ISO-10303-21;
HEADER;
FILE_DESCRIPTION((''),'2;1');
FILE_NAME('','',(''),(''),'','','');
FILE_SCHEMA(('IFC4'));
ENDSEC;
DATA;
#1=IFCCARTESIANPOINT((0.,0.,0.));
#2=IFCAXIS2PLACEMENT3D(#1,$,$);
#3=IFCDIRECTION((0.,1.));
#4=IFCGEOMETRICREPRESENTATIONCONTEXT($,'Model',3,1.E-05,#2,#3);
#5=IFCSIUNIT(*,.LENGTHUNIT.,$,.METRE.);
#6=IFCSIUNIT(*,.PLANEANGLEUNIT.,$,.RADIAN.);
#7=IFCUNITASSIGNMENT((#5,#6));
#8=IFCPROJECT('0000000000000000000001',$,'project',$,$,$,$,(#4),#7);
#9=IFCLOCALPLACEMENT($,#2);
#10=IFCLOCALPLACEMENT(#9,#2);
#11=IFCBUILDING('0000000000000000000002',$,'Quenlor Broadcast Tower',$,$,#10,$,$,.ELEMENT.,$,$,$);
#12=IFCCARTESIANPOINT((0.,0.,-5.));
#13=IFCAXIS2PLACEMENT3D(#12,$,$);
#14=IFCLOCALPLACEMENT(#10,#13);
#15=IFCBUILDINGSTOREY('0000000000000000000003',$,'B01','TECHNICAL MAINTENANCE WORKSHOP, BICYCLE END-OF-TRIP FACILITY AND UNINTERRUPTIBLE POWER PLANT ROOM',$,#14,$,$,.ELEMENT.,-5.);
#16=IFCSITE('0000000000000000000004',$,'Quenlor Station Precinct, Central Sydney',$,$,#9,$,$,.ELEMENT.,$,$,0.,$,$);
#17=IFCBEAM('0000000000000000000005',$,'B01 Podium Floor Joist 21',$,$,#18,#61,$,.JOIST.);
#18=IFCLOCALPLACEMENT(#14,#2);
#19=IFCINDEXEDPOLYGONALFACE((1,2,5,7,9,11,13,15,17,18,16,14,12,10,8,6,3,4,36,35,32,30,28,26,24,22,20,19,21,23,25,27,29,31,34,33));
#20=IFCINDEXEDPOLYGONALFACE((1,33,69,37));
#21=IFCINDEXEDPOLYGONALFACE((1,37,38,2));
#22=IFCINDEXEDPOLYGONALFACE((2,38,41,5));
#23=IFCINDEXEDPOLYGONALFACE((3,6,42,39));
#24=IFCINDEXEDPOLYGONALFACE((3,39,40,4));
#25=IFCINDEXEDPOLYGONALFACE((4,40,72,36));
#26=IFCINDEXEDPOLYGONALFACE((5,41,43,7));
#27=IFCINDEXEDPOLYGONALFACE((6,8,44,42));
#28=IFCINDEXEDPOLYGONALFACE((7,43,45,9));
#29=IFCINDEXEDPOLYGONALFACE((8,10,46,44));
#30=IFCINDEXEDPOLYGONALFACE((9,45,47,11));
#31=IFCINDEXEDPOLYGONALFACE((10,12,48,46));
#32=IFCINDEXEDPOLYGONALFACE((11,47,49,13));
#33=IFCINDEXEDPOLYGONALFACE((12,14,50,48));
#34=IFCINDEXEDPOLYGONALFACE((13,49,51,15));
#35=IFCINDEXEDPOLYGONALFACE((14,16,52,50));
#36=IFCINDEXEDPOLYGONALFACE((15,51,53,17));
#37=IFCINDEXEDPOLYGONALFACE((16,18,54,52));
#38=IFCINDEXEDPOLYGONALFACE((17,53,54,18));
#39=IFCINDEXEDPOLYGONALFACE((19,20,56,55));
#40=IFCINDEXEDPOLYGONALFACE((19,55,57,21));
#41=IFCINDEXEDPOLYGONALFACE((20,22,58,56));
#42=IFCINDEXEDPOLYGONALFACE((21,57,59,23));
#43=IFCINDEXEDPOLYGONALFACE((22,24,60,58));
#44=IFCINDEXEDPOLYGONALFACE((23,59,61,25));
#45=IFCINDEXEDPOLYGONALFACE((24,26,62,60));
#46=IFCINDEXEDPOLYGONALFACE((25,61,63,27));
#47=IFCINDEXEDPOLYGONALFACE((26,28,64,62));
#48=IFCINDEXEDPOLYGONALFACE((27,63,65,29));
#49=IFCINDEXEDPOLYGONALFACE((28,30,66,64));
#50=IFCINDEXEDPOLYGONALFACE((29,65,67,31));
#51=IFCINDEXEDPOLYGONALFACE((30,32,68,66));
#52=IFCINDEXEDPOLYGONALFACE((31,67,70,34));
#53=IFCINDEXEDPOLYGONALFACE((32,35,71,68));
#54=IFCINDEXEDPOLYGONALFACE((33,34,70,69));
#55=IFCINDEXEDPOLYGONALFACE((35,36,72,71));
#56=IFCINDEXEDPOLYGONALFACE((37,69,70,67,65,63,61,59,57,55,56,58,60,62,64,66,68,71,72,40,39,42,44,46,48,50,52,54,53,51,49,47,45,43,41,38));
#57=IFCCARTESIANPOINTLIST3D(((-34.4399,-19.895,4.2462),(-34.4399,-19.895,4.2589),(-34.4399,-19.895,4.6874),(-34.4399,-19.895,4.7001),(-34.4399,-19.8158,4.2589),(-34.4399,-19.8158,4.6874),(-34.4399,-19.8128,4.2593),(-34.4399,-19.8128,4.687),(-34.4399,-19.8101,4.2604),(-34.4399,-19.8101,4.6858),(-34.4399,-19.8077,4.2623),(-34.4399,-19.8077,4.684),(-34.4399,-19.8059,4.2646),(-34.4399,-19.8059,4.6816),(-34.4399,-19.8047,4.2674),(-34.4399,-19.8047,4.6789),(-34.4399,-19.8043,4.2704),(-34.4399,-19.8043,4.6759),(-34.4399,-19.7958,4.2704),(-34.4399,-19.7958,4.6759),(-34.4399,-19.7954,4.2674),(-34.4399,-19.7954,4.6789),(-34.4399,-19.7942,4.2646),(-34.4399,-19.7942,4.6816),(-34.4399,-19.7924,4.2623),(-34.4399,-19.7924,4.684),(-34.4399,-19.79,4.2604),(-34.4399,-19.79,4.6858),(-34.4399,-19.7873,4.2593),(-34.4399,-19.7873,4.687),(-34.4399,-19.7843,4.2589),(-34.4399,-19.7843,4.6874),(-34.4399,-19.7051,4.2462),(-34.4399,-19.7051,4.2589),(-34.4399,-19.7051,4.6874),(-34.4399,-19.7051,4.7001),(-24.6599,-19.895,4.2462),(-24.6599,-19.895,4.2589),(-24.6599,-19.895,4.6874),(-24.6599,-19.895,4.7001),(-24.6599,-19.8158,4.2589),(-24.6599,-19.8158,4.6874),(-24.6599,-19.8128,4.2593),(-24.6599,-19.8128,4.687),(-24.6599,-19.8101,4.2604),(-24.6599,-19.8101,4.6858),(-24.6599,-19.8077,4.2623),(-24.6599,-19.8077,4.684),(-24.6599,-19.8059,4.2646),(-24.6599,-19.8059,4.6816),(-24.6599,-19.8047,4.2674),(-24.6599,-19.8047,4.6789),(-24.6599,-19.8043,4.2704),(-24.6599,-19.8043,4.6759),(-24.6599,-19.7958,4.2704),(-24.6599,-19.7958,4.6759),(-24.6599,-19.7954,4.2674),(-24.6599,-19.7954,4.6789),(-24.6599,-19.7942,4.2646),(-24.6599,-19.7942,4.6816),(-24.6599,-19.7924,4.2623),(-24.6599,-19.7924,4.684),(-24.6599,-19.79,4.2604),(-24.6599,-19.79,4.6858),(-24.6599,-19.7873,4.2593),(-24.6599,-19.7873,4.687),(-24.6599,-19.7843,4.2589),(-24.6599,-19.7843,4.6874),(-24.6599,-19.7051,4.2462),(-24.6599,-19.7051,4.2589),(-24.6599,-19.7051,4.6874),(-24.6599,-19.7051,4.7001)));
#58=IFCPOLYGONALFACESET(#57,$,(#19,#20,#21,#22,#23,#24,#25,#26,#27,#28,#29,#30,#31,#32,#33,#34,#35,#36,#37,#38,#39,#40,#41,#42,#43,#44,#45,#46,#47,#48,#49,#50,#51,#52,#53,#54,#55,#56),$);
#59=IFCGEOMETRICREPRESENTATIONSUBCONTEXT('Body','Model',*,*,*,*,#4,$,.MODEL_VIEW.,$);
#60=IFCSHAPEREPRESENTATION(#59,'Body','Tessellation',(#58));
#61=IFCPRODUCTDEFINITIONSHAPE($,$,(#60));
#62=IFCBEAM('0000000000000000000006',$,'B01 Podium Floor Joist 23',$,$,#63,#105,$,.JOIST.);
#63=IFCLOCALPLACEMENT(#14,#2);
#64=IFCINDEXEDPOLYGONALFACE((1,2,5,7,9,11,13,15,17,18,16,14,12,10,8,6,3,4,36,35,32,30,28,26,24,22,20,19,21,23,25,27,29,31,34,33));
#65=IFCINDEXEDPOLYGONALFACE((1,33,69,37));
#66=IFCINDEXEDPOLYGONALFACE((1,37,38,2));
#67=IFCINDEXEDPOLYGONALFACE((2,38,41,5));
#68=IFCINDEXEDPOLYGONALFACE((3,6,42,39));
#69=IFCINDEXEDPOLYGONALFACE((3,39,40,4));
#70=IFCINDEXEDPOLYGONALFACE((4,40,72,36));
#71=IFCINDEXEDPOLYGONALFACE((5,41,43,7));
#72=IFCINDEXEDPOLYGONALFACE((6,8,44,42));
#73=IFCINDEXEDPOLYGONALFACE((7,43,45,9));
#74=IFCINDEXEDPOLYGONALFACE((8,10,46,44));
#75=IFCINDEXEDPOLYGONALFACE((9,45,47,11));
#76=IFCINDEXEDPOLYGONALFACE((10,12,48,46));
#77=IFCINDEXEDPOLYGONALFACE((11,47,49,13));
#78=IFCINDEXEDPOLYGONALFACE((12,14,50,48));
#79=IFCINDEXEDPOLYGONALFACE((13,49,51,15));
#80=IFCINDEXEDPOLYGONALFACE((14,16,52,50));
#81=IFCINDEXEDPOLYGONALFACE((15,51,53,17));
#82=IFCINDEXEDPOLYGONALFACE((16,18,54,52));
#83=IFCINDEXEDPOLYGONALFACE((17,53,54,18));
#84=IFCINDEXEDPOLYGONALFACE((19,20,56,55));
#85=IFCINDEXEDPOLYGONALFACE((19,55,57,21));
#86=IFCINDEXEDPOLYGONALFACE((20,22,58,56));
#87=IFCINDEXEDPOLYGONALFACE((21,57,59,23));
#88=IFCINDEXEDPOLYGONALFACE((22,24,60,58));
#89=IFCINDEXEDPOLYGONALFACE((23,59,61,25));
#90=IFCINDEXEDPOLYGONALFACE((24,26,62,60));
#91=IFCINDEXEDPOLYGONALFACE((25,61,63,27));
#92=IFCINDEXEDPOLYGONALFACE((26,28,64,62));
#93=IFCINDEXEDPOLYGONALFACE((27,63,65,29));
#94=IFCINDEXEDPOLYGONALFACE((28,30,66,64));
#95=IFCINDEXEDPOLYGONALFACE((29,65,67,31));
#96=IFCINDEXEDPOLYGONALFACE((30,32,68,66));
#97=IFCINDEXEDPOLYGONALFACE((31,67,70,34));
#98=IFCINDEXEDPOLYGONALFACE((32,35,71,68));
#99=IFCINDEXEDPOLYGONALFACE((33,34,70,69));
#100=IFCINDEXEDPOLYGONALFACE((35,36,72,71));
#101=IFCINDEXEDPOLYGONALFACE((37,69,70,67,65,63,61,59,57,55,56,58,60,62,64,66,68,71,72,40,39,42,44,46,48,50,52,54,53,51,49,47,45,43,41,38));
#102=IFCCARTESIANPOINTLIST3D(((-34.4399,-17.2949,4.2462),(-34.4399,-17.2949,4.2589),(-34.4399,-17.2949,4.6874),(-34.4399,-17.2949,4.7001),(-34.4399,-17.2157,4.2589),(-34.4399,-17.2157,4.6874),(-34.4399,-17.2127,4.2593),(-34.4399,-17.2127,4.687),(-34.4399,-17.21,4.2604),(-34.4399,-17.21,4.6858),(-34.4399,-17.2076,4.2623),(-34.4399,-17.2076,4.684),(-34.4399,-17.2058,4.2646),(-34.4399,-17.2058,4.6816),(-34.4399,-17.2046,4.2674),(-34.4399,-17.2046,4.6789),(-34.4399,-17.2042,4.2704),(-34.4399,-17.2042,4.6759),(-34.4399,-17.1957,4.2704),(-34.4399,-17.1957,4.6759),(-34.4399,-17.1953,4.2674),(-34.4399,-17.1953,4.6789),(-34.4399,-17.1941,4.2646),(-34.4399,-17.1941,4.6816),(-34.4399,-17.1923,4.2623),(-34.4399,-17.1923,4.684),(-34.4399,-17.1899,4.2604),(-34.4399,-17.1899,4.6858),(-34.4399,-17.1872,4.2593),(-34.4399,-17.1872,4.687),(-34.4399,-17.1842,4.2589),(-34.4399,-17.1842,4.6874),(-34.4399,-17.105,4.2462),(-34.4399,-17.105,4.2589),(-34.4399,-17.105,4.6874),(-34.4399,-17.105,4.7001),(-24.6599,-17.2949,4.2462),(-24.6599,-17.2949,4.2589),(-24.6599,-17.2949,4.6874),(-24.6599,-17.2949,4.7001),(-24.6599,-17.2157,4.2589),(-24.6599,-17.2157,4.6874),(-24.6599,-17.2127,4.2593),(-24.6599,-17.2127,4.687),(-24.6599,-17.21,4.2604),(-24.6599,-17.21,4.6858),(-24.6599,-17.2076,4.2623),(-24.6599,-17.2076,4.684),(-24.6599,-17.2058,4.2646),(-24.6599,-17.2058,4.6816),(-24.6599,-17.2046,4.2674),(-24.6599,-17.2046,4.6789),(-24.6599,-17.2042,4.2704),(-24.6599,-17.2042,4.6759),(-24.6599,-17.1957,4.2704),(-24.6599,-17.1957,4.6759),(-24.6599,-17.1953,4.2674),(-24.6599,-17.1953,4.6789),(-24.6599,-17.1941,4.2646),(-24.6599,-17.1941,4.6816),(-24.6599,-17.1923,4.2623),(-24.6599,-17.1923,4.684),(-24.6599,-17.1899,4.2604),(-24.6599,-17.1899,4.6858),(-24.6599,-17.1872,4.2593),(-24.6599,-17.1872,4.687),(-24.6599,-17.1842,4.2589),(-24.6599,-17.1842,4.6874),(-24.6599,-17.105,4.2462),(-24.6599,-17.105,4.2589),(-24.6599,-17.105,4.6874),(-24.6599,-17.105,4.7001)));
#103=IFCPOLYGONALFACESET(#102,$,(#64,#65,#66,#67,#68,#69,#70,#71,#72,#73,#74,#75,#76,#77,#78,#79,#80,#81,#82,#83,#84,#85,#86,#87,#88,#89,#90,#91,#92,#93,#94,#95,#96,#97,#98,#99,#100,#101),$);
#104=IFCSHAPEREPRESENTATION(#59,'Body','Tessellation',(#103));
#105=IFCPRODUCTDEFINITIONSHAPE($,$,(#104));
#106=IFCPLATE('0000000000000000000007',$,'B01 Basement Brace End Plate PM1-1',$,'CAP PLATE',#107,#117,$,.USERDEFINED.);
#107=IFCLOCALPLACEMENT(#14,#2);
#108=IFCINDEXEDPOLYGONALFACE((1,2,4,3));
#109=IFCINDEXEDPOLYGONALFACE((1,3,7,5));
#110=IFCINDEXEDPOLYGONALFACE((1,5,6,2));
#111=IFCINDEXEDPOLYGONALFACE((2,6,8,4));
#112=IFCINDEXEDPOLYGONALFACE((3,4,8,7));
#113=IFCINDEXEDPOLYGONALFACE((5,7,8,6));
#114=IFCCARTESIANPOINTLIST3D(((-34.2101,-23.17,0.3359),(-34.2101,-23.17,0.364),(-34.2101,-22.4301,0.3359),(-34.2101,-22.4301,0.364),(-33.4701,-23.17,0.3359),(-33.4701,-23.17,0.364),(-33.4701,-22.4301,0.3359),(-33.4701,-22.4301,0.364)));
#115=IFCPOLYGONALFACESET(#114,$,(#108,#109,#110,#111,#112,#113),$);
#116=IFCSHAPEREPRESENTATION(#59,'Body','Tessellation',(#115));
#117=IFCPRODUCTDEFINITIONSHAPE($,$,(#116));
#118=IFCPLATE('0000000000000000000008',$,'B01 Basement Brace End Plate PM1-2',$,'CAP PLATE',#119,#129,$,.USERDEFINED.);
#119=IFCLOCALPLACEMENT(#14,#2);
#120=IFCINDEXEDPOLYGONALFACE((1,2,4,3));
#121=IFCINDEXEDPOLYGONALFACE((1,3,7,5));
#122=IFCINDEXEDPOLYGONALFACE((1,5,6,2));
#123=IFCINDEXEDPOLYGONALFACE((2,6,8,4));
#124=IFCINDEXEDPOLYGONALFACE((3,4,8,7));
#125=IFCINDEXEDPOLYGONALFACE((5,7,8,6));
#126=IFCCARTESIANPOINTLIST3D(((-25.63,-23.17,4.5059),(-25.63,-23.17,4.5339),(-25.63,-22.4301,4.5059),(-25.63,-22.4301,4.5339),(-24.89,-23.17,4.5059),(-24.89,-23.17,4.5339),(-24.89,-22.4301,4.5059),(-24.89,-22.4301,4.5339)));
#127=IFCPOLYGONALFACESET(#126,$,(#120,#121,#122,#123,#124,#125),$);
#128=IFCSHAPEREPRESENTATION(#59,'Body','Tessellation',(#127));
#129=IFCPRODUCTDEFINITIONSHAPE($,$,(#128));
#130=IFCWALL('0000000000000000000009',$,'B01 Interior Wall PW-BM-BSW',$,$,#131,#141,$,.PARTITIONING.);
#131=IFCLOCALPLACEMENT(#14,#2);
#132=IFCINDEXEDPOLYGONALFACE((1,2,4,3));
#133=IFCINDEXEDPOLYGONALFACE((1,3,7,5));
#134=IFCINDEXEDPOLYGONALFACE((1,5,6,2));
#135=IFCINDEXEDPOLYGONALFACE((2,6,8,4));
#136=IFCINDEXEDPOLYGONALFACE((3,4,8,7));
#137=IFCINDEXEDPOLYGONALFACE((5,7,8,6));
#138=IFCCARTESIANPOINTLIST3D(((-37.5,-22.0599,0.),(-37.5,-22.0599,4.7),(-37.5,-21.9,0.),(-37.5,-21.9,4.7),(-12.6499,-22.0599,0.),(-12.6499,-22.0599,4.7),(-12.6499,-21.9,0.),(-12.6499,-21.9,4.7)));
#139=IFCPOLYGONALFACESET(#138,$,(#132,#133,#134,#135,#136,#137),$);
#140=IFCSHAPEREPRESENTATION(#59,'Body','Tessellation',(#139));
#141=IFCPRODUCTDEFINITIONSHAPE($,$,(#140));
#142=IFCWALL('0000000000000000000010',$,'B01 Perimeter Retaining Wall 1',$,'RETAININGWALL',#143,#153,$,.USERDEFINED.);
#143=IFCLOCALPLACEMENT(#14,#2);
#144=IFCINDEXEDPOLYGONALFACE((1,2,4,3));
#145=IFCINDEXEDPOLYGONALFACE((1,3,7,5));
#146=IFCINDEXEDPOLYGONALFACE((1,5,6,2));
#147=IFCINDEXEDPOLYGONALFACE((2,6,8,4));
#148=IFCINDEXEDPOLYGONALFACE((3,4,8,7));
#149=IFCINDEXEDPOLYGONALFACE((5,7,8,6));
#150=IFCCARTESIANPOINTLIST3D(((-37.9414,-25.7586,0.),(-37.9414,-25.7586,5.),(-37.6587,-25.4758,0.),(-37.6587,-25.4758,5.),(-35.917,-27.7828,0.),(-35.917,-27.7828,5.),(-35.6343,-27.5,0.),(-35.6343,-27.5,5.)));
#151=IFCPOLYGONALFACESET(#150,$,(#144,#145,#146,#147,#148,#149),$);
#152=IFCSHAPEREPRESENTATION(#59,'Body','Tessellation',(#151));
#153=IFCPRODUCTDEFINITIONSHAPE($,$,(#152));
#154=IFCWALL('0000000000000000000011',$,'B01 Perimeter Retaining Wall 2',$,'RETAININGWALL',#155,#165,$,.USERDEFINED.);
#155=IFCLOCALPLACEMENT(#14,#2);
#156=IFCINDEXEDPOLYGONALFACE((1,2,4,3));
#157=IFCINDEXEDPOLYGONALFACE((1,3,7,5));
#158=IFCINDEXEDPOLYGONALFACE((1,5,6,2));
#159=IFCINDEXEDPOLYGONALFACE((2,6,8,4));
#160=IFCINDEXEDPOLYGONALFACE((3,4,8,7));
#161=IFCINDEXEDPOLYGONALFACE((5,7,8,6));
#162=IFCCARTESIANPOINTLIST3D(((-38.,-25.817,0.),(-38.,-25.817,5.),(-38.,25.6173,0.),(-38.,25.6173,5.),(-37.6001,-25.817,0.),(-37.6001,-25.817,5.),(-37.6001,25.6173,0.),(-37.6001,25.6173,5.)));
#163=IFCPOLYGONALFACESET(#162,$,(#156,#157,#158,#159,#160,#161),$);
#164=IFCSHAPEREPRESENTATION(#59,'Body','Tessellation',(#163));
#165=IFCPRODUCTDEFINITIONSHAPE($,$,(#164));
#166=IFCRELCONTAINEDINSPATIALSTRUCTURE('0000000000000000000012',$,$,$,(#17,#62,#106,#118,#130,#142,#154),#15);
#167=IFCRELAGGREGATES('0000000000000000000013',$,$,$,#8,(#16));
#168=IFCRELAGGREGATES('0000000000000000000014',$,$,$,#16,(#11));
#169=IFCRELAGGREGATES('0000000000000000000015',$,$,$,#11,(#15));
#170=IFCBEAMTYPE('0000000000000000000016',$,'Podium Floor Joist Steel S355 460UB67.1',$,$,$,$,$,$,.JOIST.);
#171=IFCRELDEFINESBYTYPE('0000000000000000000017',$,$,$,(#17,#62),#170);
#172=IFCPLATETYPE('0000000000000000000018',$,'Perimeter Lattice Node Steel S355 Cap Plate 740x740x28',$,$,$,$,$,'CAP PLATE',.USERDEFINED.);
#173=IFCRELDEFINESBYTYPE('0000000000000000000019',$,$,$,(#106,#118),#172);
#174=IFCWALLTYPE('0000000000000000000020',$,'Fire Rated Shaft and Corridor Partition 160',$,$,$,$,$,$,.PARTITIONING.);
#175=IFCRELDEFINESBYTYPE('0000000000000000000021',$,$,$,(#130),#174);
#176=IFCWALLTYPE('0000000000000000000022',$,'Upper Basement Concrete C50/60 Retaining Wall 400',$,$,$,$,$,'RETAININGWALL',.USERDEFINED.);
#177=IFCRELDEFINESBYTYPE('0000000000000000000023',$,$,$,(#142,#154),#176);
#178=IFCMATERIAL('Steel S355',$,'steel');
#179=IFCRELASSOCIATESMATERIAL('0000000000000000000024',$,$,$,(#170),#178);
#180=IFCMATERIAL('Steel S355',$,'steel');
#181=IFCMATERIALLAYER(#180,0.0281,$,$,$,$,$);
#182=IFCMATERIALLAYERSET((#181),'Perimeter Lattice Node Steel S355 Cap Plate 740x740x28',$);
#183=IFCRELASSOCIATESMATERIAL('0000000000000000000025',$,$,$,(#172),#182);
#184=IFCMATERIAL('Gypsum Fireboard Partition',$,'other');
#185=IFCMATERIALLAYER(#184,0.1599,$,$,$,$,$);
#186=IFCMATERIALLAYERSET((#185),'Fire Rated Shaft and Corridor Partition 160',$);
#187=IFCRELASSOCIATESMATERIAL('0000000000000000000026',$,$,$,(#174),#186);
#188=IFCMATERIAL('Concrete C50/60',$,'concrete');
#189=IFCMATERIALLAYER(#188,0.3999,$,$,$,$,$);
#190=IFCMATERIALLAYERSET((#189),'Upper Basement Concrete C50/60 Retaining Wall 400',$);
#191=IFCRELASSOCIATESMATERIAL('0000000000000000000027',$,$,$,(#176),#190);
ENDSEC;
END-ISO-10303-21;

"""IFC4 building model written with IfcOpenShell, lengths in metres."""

from ifc_helpers import new_model, si_unit, direction, frame, frame_2d, origin, origin_2d, place, context, subcontext, project, spatial, rectangle, i_section, extrude, material, layer, layer_set, material_profile, profile_set, type_object, element, save


model = new_model("IFC4")

# Units and contexts
model_context = context("Model", 3, precision=1e-05, world=origin(), true_north=direction((0.0, 1.0)))
body_context = subcontext(model_context, "Body", "Model", "MODEL_VIEW")
ifc_project = project(units=[si_unit("LENGTHUNIT", "METRE"), si_unit("PLANEANGLEUNIT", "RADIAN")], contexts=[model_context])

# Site, building, storey
site_placement = place(None, origin())
site = spatial("IfcSite", under=ifc_project, at=site_placement, Name="Quenlor Station Precinct, Central Sydney", CompositionType="ELEMENT", RefElevation=0.0)
building_placement = place(site_placement, origin())
building = spatial("IfcBuilding", under=site, at=building_placement, Name="Quenlor Broadcast Tower", CompositionType="ELEMENT")
storey_placement = place(building_placement, frame((0.0, 0.0, -5.0)))
storey = spatial("IfcBuildingStorey", under=building, at=storey_placement, Name="B01", Description="TECHNICAL MAINTENANCE WORKSHOP, BICYCLE END-OF-TRIP FACILITY AND UNINTERRUPTIBLE POWER PLANT ROOM", CompositionType="ELEMENT", Elevation=-5.0)

# Beams
ifc_material_1 = material(Name="Steel S355", Category="steel")
ifc_material_profile_1 = material_profile(ifc_material_1, i_section(OverallWidth=0.1899, OverallDepth=0.4539, WebThickness=0.0085, FlangeThickness=0.0127, FilletRadius=0.0115, at=origin_2d()))
ifc_profile_set_1 = profile_set([ifc_material_profile_1], Name="Steel S355 460UB67.1")
beam_type_1 = type_object("IfcBeamType", Name="Podium Floor Joist Steel S355 460UB67.1", PredefinedType="JOIST", material=ifc_profile_set_1)
for number, where, z_axis, x_axis, name in (
    (1, (-34.4399, -19.8, 4.4731), (1.0, 0.0, 0.0), (0.0, 1.0, 0.0), "B01 Podium Floor Joist 21"),
    (2, (-34.4399, -17.2, 4.4731), (1.0, 0.0, 0.0), (0.0, 1.0, 0.0), "B01 Podium Floor Joist 23"),
):
    element("IfcBeam", number, at=place(storey_placement, frame(where, z_axis=z_axis, x_axis=x_axis)), inside=storey, type_object=beam_type_1, Name=name, PredefinedType="JOIST", context=body_context, shape_type="SweptSolid", body=[
        extrude(i_section(OverallWidth=0.1899, OverallDepth=0.4539, WebThickness=0.0085, FlangeThickness=0.0127, FilletRadius=0.0115, at=origin_2d()), origin(), (0.0, 0.0, 1.0), 9.78),
    ])

# Plates
ifc_material_2 = material(Name="Steel S355", Category="steel")
ifc_layer_1 = layer(ifc_material_2, 0.0281)
ifc_layer_set_1 = layer_set([ifc_layer_1], Name="Perimeter Lattice Node Steel S355 Cap Plate 740x740x28")
plate_type = type_object("IfcPlateType", Name="Perimeter Lattice Node Steel S355 Cap Plate 740x740x28", ElementType="CAP PLATE", PredefinedType="USERDEFINED", material=ifc_layer_set_1)
for number, where, z_axis, x_axis, name in (
    (3, (-33.8401, -22.8, 0.3359), (0.0, 0.0, 1.0), (1.0, 0.0, 0.0), "B01 Basement Brace End Plate PM1-1"),
    (4, (-25.26, -22.8, 4.5059), (0.0, 0.0, 1.0), (1.0, 0.0, 0.0), "B01 Basement Brace End Plate PM1-2"),
):
    element("IfcPlate", number, at=place(storey_placement, frame(where, z_axis=z_axis, x_axis=x_axis)), inside=storey, type_object=plate_type, Name=name, ObjectType="CAP PLATE", PredefinedType="USERDEFINED", context=body_context, shape_type="SweptSolid", body=[
        extrude(rectangle(XDim=0.74, YDim=0.74, at=origin_2d()), origin(), (0.0, 0.0, 1.0), 0.0281),
    ])

# Walls
ifc_material_3 = material(Name="Gypsum Fireboard Partition", Category="other")
ifc_layer_2 = layer(ifc_material_3, 0.1599)
ifc_layer_set_2 = layer_set([ifc_layer_2], Name="Fire Rated Shaft and Corridor Partition 160")
wall_type_1 = type_object("IfcWallType", Name="Fire Rated Shaft and Corridor Partition 160", PredefinedType="PARTITIONING", material=ifc_layer_set_2)
wall_1_placement = place(storey_placement, frame((-37.5, -21.98, 0.0), z_axis=(0.0, 0.0, 1.0), x_axis=(1.0, 0.0, 0.0)))
element("IfcWall", 5, at=wall_1_placement, inside=storey, type_object=wall_type_1, Name="B01 Interior Wall PW-BM-BSW", PredefinedType="PARTITIONING", context=body_context, shape_type="SweptSolid", body=[
    extrude(rectangle(XDim=24.8501, YDim=0.1599, at=frame_2d((12.425, 0.0))), origin(), (0.0, 0.0, 1.0), 4.7),
])
ifc_material_4 = material(Name="Concrete C50/60", Category="concrete")
ifc_layer_3 = layer(ifc_material_4, 0.3999)
ifc_layer_set_3 = layer_set([ifc_layer_3], Name="Upper Basement Concrete C50/60 Retaining Wall 400")
wall_type_2 = type_object("IfcWallType", Name="Upper Basement Concrete C50/60 Retaining Wall 400", ElementType="RETAININGWALL", PredefinedType="USERDEFINED", material=ifc_layer_set_3)
wall_2_placement = place(storey_placement, frame((-35.7756, -27.6414, 0.0), z_axis=(0.0, 0.0, 1.0), x_axis=(-0.707149, 0.707064, 0.0)))
element("IfcWall", 6, at=wall_2_placement, inside=storey, type_object=wall_type_2, Name="B01 Perimeter Retaining Wall 1", ObjectType="RETAININGWALL", PredefinedType="USERDEFINED", context=body_context, shape_type="SweptSolid", body=[
    extrude(rectangle(XDim=2.8628, YDim=0.3999, at=frame_2d((1.4314, 0.0))), origin(), (0.0, 0.0, 1.0), 5.0),
])
wall_3_placement = place(storey_placement, frame((-37.8, -25.8171, 0.0), z_axis=(0.0, 0.0, 1.0), x_axis=(0.0, 1.0, 0.0)))
element("IfcWall", 7, at=wall_3_placement, inside=storey, type_object=wall_type_2, Name="B01 Perimeter Retaining Wall 2", ObjectType="RETAININGWALL", PredefinedType="USERDEFINED", context=body_context, shape_type="SweptSolid", body=[
    extrude(rectangle(XDim=51.4343, YDim=0.3999, at=frame_2d((25.7173, 0.0))), origin(), (0.0, 0.0, 1.0), 5.0),
])

save(model, "model.ifc")
